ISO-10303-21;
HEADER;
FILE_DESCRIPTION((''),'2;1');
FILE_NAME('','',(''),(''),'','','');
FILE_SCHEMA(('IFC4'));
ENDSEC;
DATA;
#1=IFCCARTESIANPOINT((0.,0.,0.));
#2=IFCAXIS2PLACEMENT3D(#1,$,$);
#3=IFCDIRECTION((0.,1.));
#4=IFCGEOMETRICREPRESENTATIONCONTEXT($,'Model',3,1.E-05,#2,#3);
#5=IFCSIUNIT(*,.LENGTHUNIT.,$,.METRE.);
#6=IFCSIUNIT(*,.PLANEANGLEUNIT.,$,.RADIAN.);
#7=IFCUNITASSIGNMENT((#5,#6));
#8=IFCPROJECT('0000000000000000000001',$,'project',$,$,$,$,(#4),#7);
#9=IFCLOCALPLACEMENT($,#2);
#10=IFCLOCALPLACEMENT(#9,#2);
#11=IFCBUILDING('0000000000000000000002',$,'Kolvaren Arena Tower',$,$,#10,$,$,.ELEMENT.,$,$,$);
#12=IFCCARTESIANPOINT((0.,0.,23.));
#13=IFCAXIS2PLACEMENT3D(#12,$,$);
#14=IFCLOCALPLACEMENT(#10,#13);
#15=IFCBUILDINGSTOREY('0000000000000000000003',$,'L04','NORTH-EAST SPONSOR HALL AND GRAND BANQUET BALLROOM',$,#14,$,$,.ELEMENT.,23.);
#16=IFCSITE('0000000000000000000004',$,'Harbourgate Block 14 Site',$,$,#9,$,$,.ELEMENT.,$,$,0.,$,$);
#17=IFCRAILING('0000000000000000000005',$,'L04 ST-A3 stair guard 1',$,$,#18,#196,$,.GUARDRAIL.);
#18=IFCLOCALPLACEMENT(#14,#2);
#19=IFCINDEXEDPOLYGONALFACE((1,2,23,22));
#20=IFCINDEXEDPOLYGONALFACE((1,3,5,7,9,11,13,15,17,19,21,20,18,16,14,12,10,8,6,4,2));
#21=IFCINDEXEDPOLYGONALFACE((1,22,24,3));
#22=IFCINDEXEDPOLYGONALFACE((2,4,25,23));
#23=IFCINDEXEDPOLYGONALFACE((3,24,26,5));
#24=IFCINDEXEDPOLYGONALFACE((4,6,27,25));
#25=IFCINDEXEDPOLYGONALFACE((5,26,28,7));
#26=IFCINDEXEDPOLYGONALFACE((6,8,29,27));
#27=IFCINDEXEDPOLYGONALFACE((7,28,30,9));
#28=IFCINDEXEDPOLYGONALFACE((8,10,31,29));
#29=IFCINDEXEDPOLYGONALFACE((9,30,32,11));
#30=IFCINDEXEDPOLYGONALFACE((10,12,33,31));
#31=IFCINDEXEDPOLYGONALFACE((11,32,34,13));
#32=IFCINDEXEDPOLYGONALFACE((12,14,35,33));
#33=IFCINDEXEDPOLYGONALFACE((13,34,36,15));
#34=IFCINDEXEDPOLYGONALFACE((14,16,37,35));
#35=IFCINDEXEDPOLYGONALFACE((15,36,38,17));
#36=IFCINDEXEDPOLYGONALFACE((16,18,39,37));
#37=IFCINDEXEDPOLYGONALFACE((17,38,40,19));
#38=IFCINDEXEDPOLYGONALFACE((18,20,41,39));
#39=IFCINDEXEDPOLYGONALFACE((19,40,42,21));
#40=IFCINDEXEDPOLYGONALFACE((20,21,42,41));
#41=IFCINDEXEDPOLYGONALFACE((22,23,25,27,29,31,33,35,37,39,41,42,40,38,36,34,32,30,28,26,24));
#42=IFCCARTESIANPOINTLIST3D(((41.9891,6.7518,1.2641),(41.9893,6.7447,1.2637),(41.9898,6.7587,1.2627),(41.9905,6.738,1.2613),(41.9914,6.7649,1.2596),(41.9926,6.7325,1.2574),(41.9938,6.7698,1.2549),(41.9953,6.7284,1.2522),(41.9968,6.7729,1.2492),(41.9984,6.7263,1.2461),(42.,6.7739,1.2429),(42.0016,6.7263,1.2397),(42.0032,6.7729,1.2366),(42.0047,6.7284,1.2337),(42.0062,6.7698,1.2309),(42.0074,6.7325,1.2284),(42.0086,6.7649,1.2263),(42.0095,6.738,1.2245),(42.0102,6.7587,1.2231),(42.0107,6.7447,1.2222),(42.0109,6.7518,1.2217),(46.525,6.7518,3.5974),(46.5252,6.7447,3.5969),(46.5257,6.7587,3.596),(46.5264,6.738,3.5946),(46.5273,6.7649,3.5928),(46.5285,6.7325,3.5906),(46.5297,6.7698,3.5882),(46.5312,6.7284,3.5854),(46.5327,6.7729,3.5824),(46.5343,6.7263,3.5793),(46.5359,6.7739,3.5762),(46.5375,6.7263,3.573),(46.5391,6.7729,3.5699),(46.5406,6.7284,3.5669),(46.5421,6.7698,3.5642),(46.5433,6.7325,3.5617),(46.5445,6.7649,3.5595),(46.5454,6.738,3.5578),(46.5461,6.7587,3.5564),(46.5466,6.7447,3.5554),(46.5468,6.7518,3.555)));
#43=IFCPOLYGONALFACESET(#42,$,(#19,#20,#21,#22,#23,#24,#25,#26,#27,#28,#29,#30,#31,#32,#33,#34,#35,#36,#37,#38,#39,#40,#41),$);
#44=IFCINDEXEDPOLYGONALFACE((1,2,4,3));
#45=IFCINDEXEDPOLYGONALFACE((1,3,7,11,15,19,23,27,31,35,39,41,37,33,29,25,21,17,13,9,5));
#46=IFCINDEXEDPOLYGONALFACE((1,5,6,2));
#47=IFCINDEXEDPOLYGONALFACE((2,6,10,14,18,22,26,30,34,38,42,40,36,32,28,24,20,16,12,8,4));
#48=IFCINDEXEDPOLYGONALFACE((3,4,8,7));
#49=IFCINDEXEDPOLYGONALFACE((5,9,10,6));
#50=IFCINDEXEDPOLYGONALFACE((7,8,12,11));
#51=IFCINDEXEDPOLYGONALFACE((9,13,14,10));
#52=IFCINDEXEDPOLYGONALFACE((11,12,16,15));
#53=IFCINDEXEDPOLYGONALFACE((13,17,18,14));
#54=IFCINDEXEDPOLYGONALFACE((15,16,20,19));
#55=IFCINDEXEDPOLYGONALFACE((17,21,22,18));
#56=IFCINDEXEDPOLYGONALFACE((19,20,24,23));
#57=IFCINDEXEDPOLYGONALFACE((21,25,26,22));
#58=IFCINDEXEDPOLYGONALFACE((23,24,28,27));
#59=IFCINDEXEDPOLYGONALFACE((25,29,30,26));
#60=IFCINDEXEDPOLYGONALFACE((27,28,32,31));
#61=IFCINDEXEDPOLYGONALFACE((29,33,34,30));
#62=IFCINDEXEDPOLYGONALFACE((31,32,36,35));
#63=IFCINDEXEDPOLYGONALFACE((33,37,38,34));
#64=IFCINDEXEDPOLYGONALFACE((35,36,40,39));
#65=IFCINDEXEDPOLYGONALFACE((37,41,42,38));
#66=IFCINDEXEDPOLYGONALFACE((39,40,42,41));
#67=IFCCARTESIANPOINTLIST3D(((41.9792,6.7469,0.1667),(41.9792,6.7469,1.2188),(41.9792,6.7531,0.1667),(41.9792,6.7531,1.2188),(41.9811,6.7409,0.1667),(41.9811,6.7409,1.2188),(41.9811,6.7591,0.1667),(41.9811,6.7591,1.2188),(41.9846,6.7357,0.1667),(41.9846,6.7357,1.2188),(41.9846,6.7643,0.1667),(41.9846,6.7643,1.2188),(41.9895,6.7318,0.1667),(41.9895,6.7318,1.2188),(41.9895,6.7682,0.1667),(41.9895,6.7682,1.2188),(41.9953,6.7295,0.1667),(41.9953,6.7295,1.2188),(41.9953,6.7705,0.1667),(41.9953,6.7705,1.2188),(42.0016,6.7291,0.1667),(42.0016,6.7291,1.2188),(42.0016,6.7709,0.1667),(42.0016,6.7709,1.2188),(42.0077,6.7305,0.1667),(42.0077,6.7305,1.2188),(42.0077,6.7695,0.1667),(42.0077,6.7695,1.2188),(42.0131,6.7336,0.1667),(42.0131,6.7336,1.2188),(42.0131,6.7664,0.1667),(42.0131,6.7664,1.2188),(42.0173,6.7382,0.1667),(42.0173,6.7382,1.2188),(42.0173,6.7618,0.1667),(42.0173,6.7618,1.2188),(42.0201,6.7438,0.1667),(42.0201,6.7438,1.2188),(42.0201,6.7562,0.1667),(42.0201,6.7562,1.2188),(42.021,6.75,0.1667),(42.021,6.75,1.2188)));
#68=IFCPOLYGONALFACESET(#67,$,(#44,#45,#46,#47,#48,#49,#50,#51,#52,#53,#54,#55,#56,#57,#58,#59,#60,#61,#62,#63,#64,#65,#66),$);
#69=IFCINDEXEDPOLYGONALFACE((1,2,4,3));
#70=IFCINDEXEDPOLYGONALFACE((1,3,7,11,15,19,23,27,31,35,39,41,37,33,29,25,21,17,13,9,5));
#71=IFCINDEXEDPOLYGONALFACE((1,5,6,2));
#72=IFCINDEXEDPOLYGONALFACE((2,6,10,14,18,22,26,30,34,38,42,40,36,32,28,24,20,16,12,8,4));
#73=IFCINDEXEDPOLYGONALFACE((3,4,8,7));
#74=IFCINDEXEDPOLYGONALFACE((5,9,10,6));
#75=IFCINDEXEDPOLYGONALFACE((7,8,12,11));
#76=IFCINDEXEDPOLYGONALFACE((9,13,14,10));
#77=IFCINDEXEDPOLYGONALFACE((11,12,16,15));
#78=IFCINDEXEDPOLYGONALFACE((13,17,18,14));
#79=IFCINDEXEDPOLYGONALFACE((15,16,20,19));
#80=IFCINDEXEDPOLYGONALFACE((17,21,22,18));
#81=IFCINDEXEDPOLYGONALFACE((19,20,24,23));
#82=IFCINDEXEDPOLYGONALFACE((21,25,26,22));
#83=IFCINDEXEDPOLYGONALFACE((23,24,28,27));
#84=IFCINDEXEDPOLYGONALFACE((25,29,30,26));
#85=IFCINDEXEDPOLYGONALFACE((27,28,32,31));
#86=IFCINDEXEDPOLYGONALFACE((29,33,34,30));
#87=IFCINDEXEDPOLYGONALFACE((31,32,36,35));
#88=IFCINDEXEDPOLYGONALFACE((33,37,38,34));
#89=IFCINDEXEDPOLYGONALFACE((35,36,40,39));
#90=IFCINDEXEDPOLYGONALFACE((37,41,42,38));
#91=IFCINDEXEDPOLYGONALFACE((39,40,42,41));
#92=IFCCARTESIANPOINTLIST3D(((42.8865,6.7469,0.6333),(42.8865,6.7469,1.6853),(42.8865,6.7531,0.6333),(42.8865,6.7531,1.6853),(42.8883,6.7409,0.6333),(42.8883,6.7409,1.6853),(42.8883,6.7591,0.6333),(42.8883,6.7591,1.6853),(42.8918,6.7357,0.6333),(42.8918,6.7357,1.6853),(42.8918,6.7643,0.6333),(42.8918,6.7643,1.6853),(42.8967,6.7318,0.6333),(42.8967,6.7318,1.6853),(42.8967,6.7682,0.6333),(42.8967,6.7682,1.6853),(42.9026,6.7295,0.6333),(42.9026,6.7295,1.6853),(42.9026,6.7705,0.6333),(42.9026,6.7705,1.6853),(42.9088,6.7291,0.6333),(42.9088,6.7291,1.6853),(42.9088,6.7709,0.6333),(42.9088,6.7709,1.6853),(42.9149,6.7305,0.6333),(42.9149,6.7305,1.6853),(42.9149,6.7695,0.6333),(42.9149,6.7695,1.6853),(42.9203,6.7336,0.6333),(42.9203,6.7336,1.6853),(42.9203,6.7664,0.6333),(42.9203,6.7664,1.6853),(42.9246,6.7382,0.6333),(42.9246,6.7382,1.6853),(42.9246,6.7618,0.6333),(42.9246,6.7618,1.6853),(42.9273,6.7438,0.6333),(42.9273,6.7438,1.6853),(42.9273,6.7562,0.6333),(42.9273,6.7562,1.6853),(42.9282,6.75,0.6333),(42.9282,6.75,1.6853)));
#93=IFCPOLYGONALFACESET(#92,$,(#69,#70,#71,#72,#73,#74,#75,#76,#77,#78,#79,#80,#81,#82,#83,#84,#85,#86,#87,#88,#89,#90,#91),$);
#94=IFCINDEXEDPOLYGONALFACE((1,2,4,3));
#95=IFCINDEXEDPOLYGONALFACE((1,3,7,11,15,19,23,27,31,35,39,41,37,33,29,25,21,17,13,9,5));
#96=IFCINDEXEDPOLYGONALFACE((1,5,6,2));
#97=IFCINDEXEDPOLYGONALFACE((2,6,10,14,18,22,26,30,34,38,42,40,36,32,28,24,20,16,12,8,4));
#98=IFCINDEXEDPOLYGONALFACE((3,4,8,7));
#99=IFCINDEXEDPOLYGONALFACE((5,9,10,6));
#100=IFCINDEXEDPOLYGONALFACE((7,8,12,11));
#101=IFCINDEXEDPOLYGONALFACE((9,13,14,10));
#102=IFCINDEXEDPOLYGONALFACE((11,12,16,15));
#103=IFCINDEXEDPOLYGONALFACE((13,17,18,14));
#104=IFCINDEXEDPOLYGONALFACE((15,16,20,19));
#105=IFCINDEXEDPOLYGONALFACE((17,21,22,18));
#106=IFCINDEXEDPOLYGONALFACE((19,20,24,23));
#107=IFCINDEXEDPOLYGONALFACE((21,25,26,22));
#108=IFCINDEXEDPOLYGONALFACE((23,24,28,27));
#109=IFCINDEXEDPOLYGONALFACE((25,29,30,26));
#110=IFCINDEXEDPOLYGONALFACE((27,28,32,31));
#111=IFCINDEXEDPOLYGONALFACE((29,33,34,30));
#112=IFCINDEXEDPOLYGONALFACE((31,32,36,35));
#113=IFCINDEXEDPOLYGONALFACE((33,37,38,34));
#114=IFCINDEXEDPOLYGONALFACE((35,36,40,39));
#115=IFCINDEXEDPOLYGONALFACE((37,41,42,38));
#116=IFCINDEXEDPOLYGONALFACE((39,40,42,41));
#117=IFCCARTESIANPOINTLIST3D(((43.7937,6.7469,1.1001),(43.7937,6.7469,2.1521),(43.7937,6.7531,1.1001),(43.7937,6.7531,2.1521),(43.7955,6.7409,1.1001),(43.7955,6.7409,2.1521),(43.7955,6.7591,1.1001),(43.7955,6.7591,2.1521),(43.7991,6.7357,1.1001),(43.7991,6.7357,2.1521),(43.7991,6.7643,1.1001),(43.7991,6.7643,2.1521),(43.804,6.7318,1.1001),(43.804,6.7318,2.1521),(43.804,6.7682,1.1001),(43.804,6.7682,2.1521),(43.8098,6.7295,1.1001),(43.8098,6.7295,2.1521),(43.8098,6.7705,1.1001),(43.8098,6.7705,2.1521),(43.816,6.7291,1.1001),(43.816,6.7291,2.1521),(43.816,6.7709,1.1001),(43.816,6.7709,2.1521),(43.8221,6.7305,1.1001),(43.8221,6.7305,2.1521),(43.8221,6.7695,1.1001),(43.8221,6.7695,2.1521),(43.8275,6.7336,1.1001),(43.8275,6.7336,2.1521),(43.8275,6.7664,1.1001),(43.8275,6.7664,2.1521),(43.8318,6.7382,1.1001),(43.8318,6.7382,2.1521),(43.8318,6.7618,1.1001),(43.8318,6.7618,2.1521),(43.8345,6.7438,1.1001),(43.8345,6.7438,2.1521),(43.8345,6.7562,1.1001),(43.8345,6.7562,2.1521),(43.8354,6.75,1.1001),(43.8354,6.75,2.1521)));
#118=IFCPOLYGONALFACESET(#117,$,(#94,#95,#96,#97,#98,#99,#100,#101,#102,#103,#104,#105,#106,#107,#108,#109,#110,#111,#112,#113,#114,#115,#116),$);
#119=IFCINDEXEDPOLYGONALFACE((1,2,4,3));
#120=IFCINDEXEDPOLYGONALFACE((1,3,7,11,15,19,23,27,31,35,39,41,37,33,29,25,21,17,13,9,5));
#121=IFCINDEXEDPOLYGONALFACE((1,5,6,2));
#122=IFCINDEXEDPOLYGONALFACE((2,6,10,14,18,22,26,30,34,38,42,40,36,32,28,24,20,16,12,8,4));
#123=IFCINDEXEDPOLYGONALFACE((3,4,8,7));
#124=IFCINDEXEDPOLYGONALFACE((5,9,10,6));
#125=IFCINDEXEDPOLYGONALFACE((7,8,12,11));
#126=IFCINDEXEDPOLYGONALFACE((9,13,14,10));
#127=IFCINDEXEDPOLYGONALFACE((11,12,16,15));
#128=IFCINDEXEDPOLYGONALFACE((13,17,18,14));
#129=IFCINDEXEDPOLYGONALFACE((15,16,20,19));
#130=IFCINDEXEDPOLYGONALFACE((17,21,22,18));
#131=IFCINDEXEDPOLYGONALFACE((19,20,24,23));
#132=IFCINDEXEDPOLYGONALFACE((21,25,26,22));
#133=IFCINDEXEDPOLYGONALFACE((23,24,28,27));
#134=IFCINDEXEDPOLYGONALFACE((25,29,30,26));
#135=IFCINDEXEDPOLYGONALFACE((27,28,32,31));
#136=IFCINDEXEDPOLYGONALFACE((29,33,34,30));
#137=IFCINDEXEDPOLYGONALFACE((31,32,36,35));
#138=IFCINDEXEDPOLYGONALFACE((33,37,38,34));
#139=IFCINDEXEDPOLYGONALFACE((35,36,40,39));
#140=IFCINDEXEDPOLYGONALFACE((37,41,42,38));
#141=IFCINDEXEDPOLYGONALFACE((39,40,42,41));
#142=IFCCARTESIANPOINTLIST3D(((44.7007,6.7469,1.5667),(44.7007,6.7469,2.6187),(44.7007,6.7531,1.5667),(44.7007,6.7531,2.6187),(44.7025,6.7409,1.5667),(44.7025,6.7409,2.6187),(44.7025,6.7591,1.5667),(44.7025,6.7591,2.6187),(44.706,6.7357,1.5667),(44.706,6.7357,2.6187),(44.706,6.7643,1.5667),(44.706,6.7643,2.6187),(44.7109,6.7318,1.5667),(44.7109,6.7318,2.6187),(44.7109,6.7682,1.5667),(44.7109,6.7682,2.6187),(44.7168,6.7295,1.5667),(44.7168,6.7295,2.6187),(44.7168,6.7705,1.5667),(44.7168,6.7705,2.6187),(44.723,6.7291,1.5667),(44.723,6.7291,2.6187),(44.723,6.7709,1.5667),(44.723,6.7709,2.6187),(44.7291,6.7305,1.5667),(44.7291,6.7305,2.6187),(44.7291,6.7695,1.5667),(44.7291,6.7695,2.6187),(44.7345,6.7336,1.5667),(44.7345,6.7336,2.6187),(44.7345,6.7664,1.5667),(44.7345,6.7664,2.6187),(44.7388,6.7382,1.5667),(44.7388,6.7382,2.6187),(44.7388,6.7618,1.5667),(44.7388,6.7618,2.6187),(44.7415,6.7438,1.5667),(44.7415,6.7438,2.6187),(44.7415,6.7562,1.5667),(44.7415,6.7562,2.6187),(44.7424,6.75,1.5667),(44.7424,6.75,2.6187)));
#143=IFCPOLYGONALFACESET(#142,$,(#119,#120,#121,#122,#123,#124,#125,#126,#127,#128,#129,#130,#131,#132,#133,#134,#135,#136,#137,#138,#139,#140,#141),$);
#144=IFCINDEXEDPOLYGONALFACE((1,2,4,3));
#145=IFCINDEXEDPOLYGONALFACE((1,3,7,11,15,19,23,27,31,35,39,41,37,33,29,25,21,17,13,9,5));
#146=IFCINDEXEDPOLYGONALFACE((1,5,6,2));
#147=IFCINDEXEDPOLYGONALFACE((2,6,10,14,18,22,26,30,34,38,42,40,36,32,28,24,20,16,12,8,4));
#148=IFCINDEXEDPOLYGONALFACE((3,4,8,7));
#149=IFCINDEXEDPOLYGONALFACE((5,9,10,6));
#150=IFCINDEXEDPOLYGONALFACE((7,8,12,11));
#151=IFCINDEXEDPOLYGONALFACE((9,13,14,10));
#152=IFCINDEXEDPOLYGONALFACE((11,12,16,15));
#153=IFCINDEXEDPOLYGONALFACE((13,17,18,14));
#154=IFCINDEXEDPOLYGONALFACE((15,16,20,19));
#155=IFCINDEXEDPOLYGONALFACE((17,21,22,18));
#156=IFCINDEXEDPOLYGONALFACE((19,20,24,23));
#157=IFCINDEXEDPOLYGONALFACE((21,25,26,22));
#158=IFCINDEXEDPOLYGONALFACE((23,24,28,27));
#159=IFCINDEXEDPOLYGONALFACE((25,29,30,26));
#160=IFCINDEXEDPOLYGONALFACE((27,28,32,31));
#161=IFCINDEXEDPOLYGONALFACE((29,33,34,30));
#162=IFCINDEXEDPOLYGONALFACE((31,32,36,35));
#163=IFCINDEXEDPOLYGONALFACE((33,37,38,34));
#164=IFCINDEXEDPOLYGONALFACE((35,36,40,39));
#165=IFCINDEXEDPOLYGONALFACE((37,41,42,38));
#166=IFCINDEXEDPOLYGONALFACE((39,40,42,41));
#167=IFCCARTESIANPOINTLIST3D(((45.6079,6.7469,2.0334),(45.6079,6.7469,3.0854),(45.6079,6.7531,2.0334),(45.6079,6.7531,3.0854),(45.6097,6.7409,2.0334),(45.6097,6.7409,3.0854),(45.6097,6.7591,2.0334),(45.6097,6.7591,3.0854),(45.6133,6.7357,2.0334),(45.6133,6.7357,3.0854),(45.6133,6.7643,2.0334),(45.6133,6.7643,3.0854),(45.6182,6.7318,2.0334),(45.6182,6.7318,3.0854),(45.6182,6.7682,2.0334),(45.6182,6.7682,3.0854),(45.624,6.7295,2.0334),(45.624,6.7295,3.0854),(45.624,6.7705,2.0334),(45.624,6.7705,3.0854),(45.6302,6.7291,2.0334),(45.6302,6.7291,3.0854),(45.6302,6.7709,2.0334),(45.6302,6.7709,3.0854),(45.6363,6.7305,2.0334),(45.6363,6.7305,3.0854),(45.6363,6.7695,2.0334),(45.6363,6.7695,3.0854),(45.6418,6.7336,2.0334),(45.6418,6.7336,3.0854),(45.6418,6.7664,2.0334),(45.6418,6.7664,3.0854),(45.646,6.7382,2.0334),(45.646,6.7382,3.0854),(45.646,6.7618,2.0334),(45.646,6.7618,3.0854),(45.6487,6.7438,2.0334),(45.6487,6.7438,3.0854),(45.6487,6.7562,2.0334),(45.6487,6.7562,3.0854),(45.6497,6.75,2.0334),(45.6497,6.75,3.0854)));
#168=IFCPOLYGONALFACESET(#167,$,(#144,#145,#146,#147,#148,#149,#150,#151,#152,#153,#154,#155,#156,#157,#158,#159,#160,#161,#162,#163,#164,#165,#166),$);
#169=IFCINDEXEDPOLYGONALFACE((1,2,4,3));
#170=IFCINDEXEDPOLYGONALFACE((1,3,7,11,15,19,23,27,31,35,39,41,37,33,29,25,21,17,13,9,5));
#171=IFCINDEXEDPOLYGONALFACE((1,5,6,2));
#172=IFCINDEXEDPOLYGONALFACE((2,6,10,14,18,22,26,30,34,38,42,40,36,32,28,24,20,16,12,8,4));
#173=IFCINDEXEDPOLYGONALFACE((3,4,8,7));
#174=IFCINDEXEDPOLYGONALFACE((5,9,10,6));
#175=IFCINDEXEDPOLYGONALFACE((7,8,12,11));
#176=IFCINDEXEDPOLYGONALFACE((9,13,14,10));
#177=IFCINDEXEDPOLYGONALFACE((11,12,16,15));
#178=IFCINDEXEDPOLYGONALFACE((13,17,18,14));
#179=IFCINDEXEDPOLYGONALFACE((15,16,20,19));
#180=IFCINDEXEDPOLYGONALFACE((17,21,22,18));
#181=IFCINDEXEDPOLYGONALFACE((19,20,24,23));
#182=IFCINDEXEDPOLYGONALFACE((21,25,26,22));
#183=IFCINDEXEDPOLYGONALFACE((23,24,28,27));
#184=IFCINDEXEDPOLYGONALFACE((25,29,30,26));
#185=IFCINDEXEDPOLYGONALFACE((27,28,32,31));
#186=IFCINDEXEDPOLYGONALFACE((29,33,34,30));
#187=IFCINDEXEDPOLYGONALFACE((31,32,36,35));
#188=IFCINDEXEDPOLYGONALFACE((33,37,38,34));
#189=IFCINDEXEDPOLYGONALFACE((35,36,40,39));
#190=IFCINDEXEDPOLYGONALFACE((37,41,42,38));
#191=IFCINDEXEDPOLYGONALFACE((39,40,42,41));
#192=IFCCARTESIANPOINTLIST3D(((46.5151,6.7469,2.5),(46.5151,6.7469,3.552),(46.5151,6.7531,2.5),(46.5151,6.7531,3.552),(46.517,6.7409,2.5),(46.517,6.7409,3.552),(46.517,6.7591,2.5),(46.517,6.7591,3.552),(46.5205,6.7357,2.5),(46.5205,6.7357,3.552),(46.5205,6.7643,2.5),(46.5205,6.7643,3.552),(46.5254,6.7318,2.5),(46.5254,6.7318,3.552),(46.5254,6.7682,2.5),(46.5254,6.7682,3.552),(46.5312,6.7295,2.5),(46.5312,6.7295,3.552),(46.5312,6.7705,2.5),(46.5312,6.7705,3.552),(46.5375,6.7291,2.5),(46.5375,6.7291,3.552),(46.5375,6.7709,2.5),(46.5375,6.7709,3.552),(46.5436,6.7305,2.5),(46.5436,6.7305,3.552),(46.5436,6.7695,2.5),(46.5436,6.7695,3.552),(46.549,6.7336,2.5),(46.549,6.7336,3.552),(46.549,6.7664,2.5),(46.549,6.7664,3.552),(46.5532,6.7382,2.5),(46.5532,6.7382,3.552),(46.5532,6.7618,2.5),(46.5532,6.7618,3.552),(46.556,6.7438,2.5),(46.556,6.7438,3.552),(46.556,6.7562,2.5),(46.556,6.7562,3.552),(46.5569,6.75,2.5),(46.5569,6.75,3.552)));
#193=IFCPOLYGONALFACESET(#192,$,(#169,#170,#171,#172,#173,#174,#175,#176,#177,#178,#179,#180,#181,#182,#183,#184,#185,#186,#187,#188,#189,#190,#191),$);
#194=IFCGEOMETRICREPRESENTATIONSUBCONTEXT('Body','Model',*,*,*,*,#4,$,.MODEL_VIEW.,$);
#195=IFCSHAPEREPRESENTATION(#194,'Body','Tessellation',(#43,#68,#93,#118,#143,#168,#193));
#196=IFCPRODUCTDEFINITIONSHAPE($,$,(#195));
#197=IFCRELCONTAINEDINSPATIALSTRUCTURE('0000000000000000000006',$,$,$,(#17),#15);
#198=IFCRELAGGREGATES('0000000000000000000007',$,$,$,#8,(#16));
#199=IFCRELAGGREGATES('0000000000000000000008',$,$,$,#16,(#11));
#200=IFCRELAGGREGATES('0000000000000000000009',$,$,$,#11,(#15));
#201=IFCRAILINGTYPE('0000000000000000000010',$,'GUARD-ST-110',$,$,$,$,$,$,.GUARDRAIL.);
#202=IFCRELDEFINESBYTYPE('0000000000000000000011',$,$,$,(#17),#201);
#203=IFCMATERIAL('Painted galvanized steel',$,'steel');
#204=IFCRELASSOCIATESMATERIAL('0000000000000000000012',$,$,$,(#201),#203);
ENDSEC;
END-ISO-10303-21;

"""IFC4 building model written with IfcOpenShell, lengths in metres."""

from ifc_helpers import new_model, si_unit, direction, frame, origin, origin_2d, place, context, subcontext, project, spatial, circle, extrude, material, type_object, element, save


model = new_model("IFC4")

# Units and contexts
model_context = context("Model", 3, precision=1e-05, world=origin(), true_north=direction((0.0, 1.0)))
body_context = subcontext(model_context, "Body", "Model", "MODEL_VIEW")
ifc_project = project(units=[si_unit("LENGTHUNIT", "METRE"), si_unit("PLANEANGLEUNIT", "RADIAN")], contexts=[model_context])

# Site, building, storey
site_placement = place(None, origin())
site = spatial("IfcSite", under=ifc_project, at=site_placement, Name="Harbourgate Block 14 Site", CompositionType="ELEMENT", RefElevation=0.0)
building_placement = place(site_placement, origin())
building = spatial("IfcBuilding", under=site, at=building_placement, Name="Kolvaren Arena Tower", CompositionType="ELEMENT")
storey_placement = place(building_placement, frame((0.0, 0.0, 23.0)))
storey = spatial("IfcBuildingStorey", under=building, at=storey_placement, Name="L04", Description="NORTH-EAST SPONSOR HALL AND GRAND BANQUET BALLROOM", CompositionType="ELEMENT", Elevation=23.0)

# Railing
ifc_material_1 = material(Name="Painted galvanized steel", Category="steel")
railing_type_1 = type_object("IfcRailingType", Name="GUARD-ST-110", PredefinedType="GUARDRAIL", material=ifc_material_1)
railing_1_placement = place(storey_placement, frame((42.0, 6.75, 0.1667)))
element("IfcRailing", 1, at=railing_1_placement, inside=storey, type_object=railing_type_1, Name="L04 ST-A3 stair guard 1", PredefinedType="GUARDRAIL", context=body_context, shape_type="SweptSolid", body=[
    extrude(circle(Radius=0.0239, at=origin_2d()), frame((0.0, 0.0, 1.0762), z_axis=(0.889247, 0.0, 0.457427), x_axis=(0.0, 1.0, 0.0)), (0.0, 0.0, 1.0), 5.1008),
    extrude(circle(Radius=0.021, at=origin_2d()), origin(), (0.0, 0.0, 1.0), 1.052),
    extrude(circle(Radius=0.021, at=origin_2d()), frame((0.9072, 0.0, 0.4666)), (0.0, 0.0, 1.0), 1.052),
    extrude(circle(Radius=0.021, at=origin_2d()), frame((1.8145, 0.0, 0.9333)), (0.0, 0.0, 1.0), 1.052),
    extrude(circle(Radius=0.021, at=origin_2d()), frame((2.7214, 0.0, 1.3999)), (0.0, 0.0, 1.0), 1.052),
    extrude(circle(Radius=0.021, at=origin_2d()), frame((3.6287, 0.0, 1.8667)), (0.0, 0.0, 1.0), 1.052),
    extrude(circle(Radius=0.021, at=origin_2d()), frame((4.5359, 0.0, 2.3333)), (0.0, 0.0, 1.0), 1.052),
])

save(model, "model.ifc")
